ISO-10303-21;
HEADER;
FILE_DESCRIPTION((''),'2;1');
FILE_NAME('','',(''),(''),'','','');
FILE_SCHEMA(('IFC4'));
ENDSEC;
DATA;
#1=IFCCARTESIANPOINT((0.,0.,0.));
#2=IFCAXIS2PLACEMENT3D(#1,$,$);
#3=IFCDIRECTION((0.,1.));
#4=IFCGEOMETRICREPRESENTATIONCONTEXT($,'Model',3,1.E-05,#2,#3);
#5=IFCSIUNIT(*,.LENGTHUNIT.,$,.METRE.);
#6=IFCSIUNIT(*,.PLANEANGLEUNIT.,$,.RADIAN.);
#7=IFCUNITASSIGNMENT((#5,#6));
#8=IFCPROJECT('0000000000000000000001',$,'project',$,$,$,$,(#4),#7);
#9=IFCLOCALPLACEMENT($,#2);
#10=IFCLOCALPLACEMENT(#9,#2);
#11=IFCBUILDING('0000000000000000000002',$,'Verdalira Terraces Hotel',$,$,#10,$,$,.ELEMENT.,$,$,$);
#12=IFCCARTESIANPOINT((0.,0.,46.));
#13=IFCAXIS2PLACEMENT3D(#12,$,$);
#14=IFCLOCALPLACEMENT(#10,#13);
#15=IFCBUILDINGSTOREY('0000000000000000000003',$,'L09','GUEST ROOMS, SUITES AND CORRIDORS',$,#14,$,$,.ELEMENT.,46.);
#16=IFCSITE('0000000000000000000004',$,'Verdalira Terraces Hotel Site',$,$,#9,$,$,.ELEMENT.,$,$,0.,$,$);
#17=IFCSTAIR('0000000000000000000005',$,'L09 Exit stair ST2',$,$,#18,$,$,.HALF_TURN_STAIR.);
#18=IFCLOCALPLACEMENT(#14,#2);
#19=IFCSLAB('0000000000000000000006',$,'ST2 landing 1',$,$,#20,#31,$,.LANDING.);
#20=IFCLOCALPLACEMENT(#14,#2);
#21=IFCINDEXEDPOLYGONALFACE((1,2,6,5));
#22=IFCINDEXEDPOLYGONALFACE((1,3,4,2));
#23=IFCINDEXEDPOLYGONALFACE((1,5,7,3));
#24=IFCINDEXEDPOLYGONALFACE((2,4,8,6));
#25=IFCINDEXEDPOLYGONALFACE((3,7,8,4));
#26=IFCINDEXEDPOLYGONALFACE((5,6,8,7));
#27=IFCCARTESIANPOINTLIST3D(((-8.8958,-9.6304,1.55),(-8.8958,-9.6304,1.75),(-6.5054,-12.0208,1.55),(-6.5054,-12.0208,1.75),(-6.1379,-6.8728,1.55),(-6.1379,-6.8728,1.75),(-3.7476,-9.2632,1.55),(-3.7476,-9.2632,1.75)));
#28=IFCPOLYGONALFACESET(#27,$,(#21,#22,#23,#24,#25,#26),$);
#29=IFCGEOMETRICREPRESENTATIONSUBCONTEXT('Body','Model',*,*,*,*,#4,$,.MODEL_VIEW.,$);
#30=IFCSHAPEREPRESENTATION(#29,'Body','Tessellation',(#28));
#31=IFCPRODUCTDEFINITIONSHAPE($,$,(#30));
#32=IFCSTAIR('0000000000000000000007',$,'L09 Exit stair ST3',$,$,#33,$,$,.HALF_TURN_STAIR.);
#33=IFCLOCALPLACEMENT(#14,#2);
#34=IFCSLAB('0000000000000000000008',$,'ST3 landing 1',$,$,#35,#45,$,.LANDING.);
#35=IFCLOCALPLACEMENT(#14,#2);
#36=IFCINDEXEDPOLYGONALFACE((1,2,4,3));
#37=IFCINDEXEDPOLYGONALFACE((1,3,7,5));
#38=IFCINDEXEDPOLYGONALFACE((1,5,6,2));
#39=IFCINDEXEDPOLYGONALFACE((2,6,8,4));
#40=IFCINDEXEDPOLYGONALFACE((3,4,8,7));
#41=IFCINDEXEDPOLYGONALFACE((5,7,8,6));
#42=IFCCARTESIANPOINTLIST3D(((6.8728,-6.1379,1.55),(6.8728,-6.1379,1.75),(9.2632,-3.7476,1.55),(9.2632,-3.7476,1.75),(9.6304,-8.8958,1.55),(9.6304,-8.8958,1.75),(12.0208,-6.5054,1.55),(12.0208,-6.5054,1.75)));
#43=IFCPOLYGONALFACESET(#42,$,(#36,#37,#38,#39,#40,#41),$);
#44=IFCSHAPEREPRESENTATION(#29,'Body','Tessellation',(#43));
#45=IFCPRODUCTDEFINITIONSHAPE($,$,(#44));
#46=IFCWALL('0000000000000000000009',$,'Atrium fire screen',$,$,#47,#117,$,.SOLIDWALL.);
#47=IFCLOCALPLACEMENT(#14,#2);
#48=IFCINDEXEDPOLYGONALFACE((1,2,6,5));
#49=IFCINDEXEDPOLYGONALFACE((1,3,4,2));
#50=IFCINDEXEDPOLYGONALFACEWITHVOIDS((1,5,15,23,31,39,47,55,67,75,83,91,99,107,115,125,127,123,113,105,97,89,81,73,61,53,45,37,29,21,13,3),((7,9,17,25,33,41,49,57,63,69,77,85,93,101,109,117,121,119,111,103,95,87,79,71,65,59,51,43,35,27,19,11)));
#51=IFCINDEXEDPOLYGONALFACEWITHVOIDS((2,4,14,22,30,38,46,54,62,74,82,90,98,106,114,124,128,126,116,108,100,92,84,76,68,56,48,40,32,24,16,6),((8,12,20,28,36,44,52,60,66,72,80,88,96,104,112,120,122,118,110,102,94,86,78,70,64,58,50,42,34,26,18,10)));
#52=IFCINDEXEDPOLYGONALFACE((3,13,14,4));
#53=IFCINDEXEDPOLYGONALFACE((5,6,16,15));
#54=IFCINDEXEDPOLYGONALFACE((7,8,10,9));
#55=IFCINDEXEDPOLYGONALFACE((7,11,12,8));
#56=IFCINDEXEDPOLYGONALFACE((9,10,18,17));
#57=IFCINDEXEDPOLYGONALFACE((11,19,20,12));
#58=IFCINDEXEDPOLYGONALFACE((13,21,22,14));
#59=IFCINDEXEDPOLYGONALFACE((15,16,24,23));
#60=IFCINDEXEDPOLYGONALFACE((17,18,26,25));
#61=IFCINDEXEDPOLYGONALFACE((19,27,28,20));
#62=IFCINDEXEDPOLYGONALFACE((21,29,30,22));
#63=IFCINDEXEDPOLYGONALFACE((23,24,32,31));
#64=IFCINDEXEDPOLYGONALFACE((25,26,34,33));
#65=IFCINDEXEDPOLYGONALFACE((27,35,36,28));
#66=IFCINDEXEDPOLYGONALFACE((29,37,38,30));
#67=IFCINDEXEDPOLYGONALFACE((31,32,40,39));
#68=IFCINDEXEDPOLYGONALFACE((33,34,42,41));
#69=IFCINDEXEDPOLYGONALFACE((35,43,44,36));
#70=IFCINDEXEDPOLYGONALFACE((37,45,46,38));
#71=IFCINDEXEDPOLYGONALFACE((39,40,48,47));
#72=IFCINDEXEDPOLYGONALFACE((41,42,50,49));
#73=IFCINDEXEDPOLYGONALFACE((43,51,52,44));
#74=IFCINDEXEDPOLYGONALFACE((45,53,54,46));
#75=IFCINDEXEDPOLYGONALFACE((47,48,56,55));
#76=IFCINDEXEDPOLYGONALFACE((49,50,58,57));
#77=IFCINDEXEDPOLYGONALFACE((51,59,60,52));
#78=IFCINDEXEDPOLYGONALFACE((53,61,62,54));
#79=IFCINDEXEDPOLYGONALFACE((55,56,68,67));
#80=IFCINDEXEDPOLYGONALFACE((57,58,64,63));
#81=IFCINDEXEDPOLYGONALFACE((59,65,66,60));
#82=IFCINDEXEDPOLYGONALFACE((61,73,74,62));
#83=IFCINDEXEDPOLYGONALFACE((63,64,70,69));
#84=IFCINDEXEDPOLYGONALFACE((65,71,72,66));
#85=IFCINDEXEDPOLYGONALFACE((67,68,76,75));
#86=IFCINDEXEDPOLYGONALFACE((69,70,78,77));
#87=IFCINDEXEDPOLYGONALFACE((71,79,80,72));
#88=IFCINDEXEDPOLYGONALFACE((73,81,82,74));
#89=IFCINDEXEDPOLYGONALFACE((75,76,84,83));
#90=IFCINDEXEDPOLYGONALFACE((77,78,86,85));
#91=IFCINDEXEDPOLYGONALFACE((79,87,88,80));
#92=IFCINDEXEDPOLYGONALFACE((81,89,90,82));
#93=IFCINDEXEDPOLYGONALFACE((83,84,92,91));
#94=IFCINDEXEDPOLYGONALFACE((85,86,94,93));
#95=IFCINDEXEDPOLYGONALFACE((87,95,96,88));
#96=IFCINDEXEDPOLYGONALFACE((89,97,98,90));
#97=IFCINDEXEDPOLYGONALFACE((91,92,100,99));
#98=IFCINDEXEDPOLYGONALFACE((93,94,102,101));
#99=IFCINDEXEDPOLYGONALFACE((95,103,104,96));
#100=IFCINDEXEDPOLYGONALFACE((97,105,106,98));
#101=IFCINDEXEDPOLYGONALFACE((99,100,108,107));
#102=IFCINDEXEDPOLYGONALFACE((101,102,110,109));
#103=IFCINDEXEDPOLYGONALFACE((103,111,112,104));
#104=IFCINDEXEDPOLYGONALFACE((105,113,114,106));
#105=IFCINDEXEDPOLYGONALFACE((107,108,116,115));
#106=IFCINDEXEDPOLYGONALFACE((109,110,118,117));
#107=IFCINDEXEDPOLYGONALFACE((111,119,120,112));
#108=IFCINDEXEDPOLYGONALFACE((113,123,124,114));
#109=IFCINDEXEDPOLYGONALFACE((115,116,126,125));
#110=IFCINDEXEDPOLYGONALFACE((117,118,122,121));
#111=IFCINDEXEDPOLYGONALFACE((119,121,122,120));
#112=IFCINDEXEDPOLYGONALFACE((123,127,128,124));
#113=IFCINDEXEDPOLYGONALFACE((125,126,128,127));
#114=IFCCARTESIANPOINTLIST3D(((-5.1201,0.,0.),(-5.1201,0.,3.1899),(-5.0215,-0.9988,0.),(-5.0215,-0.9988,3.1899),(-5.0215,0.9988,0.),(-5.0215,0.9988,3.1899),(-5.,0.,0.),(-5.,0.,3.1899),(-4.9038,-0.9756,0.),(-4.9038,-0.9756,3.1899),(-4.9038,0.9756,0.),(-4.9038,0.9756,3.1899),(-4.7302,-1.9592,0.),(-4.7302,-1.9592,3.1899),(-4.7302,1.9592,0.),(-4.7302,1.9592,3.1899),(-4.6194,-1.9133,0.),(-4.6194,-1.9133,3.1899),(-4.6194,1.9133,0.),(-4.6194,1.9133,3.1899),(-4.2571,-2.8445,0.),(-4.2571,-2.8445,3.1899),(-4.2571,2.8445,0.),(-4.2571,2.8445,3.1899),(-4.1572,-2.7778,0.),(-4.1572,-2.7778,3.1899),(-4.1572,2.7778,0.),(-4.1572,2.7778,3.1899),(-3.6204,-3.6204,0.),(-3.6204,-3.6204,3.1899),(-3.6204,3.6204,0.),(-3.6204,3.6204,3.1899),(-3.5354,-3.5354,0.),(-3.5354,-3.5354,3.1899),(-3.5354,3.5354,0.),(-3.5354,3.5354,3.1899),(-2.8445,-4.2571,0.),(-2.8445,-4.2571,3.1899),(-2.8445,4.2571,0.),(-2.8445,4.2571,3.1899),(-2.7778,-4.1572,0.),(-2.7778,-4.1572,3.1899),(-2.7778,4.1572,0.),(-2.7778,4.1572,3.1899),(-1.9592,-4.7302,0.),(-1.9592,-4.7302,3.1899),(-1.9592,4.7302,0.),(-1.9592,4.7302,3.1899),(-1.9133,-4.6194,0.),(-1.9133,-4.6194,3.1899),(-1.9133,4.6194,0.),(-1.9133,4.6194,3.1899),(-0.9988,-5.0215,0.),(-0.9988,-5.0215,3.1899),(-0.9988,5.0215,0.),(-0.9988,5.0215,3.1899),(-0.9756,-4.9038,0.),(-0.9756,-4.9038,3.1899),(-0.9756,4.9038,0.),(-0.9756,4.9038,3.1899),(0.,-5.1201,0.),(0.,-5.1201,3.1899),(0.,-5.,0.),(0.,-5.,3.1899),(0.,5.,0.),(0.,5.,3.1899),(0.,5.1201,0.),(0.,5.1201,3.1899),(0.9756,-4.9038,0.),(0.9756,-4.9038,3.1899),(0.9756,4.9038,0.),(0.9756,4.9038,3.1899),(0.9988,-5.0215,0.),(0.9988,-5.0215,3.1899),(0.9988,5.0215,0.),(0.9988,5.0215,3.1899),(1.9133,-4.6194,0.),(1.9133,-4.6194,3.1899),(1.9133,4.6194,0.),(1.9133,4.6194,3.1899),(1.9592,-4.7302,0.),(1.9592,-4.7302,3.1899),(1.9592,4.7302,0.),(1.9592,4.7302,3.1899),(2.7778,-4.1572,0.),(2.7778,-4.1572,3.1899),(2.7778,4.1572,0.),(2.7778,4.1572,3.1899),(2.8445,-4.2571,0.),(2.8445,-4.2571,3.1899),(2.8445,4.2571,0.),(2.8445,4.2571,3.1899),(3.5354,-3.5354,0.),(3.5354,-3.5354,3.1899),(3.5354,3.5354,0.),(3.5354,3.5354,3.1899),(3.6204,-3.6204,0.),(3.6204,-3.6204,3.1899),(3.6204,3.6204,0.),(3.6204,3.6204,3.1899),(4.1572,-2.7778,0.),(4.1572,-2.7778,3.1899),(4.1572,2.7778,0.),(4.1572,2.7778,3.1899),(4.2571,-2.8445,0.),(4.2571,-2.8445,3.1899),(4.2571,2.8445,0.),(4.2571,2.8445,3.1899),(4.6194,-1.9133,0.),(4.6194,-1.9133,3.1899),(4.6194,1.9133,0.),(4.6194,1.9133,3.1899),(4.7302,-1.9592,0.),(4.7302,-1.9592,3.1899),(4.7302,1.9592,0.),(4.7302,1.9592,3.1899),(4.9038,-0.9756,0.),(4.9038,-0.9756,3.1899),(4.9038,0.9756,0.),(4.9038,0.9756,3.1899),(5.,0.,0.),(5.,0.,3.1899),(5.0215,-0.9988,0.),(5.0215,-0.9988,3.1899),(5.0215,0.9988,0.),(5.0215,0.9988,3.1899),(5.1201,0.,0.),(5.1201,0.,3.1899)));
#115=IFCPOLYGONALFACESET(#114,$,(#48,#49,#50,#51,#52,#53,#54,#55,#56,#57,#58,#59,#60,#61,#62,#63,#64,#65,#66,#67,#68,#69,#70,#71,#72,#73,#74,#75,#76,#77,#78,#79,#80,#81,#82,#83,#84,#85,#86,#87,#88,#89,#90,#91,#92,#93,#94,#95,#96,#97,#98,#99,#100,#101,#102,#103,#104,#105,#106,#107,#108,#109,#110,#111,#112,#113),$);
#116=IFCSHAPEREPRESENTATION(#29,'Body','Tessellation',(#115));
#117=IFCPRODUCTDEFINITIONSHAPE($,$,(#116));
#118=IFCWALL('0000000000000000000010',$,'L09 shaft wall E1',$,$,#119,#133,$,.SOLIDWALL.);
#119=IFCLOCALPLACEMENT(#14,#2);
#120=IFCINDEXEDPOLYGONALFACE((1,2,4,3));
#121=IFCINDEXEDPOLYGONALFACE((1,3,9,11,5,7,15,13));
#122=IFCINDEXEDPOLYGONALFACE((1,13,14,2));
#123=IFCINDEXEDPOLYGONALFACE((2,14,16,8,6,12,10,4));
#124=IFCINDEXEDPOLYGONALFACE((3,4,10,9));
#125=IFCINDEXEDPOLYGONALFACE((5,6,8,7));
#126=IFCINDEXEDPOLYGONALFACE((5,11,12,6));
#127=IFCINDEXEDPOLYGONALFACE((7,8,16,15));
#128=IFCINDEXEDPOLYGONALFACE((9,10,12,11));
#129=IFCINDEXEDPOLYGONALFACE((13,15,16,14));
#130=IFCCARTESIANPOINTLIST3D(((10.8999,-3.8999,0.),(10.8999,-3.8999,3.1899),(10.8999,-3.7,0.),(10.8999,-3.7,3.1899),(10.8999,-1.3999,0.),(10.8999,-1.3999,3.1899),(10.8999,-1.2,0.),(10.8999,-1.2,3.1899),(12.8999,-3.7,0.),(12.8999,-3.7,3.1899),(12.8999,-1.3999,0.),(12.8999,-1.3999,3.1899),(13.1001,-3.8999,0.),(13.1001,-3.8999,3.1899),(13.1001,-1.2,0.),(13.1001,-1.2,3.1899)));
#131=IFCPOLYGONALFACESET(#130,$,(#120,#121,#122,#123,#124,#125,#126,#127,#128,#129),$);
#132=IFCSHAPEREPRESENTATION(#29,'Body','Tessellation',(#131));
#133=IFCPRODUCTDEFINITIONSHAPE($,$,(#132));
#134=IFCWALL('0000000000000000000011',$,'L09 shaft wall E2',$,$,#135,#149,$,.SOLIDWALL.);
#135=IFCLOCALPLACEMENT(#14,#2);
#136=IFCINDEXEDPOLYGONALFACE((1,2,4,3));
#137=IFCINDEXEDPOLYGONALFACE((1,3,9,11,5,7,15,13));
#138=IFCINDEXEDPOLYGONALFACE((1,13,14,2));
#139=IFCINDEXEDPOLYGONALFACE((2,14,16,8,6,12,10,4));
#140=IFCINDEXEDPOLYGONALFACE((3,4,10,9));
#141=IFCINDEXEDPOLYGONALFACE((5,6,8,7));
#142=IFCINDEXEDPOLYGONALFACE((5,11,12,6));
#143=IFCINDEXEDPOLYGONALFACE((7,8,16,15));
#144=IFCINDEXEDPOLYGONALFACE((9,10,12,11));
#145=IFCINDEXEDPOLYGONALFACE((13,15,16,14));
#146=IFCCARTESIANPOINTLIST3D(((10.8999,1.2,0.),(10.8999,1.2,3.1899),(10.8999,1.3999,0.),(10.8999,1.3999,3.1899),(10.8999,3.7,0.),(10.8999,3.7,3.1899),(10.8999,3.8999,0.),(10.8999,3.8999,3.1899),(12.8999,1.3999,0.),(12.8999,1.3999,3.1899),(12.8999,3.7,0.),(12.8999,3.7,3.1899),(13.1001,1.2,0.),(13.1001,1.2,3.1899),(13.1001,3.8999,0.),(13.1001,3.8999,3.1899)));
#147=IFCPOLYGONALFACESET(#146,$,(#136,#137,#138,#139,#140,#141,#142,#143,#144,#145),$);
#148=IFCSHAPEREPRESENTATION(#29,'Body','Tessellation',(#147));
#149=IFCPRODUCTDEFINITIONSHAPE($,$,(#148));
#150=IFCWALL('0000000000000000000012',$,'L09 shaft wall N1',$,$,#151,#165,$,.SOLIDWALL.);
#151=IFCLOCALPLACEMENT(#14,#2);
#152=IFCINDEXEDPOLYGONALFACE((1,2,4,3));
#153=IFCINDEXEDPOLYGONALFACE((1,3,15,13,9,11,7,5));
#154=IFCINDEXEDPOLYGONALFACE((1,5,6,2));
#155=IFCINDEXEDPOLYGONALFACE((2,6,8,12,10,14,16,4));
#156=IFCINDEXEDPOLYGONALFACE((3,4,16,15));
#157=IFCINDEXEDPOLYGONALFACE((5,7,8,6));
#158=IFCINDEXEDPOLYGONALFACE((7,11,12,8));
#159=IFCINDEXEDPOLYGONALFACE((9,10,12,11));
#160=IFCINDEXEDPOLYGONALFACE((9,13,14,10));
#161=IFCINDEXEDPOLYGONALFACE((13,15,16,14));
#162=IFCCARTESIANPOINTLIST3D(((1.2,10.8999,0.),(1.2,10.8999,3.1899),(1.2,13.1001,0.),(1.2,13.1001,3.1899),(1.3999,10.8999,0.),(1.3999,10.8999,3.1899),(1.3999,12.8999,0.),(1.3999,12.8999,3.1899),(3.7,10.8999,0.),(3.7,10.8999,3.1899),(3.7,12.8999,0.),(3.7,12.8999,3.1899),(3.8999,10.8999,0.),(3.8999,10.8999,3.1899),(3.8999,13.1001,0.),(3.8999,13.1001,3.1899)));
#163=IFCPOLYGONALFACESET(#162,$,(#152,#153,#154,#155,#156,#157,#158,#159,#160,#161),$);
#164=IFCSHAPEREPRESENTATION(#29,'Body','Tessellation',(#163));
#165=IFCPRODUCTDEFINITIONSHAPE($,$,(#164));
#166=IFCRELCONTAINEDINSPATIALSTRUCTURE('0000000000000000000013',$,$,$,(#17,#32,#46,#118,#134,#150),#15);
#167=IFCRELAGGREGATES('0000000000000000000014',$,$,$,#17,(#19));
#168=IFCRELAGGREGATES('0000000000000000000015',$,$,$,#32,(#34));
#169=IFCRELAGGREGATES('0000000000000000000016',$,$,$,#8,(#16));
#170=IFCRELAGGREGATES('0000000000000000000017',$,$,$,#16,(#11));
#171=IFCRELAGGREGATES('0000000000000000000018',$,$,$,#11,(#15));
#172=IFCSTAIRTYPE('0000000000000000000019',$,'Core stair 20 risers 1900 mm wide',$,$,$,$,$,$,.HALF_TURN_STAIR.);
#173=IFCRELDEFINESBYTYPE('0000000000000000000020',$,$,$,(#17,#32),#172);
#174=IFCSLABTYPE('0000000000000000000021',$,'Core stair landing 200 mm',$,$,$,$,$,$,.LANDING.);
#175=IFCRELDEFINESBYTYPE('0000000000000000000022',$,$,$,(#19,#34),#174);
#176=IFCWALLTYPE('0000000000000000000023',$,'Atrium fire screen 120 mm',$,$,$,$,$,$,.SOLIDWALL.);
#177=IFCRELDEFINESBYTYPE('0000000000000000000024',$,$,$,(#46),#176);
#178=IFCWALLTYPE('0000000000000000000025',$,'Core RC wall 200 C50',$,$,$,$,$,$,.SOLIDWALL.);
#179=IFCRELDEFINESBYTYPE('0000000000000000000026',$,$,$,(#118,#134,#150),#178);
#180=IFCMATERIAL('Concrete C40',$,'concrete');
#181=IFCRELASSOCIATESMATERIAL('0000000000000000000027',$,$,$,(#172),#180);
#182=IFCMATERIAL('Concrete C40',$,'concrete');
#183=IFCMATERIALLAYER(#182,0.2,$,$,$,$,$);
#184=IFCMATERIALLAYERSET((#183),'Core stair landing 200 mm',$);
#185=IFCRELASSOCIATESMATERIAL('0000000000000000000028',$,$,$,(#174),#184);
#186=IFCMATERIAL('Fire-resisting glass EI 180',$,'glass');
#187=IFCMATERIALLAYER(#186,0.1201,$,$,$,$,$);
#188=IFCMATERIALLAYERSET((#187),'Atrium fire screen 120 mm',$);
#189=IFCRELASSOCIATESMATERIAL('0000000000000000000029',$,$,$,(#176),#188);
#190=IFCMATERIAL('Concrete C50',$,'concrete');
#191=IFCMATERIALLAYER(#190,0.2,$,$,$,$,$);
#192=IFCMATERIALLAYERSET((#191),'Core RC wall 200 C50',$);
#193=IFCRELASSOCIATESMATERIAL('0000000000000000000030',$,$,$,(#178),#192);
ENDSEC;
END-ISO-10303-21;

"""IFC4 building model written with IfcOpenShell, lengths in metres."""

from ifc_helpers import new_model, si_unit, direction, frame, origin, place, context, subcontext, project, spatial, polyline, outline, extrude, material, layer, layer_set, type_object, element, aggregate, save


model = new_model("IFC4")

# Units and contexts
model_context = context("Model", 3, precision=1e-05, world=origin(), true_north=direction((0.0, 1.0)))
body_context = subcontext(model_context, "Body", "Model", "MODEL_VIEW")
ifc_project = project(units=[si_unit("LENGTHUNIT", "METRE"), si_unit("PLANEANGLEUNIT", "RADIAN")], contexts=[model_context])

# Site, building, storey
site_placement = place(None, origin())
site = spatial("IfcSite", under=ifc_project, at=site_placement, Name="Verdalira Terraces Hotel Site", CompositionType="ELEMENT", RefElevation=0.0)
building_placement = place(site_placement, origin())
building = spatial("IfcBuilding", under=site, at=building_placement, Name="Verdalira Terraces Hotel", CompositionType="ELEMENT")
storey_placement = place(building_placement, frame((0.0, 0.0, 46.0)))
storey = spatial("IfcBuildingStorey", under=building, at=storey_placement, Name="L09", Description="GUEST ROOMS, SUITES AND CORRIDORS", CompositionType="ELEMENT", Elevation=46.0)

# Stairs, slabs
ifc_material_1 = material(Name="Concrete C40", Category="concrete")
stair_type = type_object("IfcStairType", Name="Core stair 20 risers 1900 mm wide", PredefinedType="HALF_TURN_STAIR", material=ifc_material_1)
ifc_material_2 = material(Name="Concrete C40", Category="concrete")
ifc_layer_1 = layer(ifc_material_2, 0.2)
ifc_layer_set_1 = layer_set([ifc_layer_1], Name="Core stair landing 200 mm")
slab_type_1 = type_object("IfcSlabType", Name="Core stair landing 200 mm", PredefinedType="LANDING", material=ifc_layer_set_1)
stair_1_placement = place(storey_placement, origin())
stair_1 = element("IfcStair", 1, at=stair_1_placement, inside=storey, type_object=stair_type, Name="L09 Exit stair ST2", PredefinedType="HALF_TURN_STAIR")
slab_1_placement = place(storey_placement, frame((0.0, 0.0, 1.55)))
slab_1 = element("IfcSlab", 2, at=slab_1_placement, type_object=slab_type_1, Name="ST2 landing 1", PredefinedType="LANDING", context=body_context, shape_type="SweptSolid", body=[
    extrude(outline(polyline([(-8.8958, -9.6304), (-6.5054, -12.0208), (-3.7476, -9.2632), (-6.1379, -6.8728), (-8.8958, -9.6304)])), origin(), (0.0, 0.0, 1.0), 0.2),
])
aggregate(stair_1, [slab_1])
stair_2_placement = place(storey_placement, origin())
stair_2 = element("IfcStair", 3, at=stair_2_placement, inside=storey, type_object=stair_type, Name="L09 Exit stair ST3", PredefinedType="HALF_TURN_STAIR")
slab_2_placement = place(storey_placement, frame((0.0, 0.0, 1.55)))
slab_2 = element("IfcSlab", 4, at=slab_2_placement, type_object=slab_type_1, Name="ST3 landing 1", PredefinedType="LANDING", context=body_context, shape_type="SweptSolid", body=[
    extrude(outline(polyline([(9.6304, -8.8958), (12.0208, -6.5054), (9.2632, -3.7476), (6.8728, -6.1379), (9.6304, -8.8958)])), origin(), (0.0, 0.0, 1.0), 0.2),
])
aggregate(stair_2, [slab_2])

# Walls
ifc_material_3 = material(Name="Fire-resisting glass EI 180", Category="glass")
ifc_layer_2 = layer(ifc_material_3, 0.1201)
ifc_layer_set_2 = layer_set([ifc_layer_2], Name="Atrium fire screen 120 mm")
wall_type_1 = type_object("IfcWallType", Name="Atrium fire screen 120 mm", PredefinedType="SOLIDWALL", material=ifc_layer_set_2)
wall_1_placement = place(storey_placement, origin())
element("IfcWall", 5, at=wall_1_placement, inside=storey, type_object=wall_type_1, Name="Atrium fire screen", PredefinedType="SOLIDWALL", context=body_context, shape_type="SweptSolid", body=[
    extrude(outline(polyline([(5.0215, -0.9988), (4.7302, -1.9592), (4.2571, -2.8445), (3.6204, -3.6204), (2.8445, -4.2571), (1.9592, -4.7302), (0.9988, -5.0215), (0.0, -5.1201), (-0.9988, -5.0215), (-1.9592, -4.7302), (-2.8445, -4.2571), (-3.6204, -3.6204), (-4.2571, -2.8445), (-4.7302, -1.9592), (-5.0215, -0.9988), (-5.1201, 0.0), (-5.0215, 0.9988), (-4.7302, 1.9592), (-4.2571, 2.8445), (-3.6204, 3.6204), (-2.8445, 4.2571), (-1.9592, 4.7302), (-0.9988, 5.0215), (0.0, 5.1201), (0.9988, 5.0215), (1.9592, 4.7302), (2.8445, 4.2571), (3.6204, 3.6204), (4.2571, 2.8445), (4.7302, 1.9592), (5.0215, 0.9988), (5.1201, 0.0), (5.0215, -0.9988)]), holes=[polyline([(4.9038, 0.9756), (4.6194, 1.9133), (4.1572, 2.7778), (3.5354, 3.5354), (2.7778, 4.1572), (1.9133, 4.6194), (0.9756, 4.9038), (0.0, 5.0), (-0.9756, 4.9038), (-1.9133, 4.6194), (-2.7778, 4.1572), (-3.5354, 3.5354), (-4.1572, 2.7778), (-4.6194, 1.9133), (-4.9038, 0.9756), (-5.0, 0.0), (-4.9038, -0.9756), (-4.6194, -1.9133), (-4.1572, -2.7778), (-3.5354, -3.5354), (-2.7778, -4.1572), (-1.9133, -4.6194), (-0.9756, -4.9038), (0.0, -5.0), (0.9756, -4.9038), (1.9133, -4.6194), (2.7778, -4.1572), (3.5354, -3.5354), (4.1572, -2.7778), (4.6194, -1.9133), (4.9038, -0.9756), (5.0, 0.0), (4.9038, 0.9756)])]), origin(), (0.0, 0.0, 1.0), 3.1899),
])
ifc_material_4 = material(Name="Concrete C50", Category="concrete")
ifc_layer_3 = layer(ifc_material_4, 0.2)
ifc_layer_set_3 = layer_set([ifc_layer_3], Name="Core RC wall 200 C50")
wall_type_2 = type_object("IfcWallType", Name="Core RC wall 200 C50", PredefinedType="SOLIDWALL", material=ifc_layer_set_3)
wall_2_placement = place(storey_placement, origin())
element("IfcWall", 6, at=wall_2_placement, inside=storey, type_object=wall_type_2, Name="L09 shaft wall E1", PredefinedType="SOLIDWALL", context=body_context, shape_type="SweptSolid", body=[
    extrude(outline(polyline([(13.1001, -3.8999), (10.8999, -3.8999), (10.8999, -3.7), (12.8999, -3.7), (12.8999, -1.3999), (10.8999, -1.3999), (10.8999, -1.2), (13.1001, -1.2), (13.1001, -3.8999)])), origin(), (0.0, 0.0, 1.0), 3.1899),
])
wall_3_placement = place(storey_placement, origin())
element("IfcWall", 7, at=wall_3_placement, inside=storey, type_object=wall_type_2, Name="L09 shaft wall E2", PredefinedType="SOLIDWALL", context=body_context, shape_type="SweptSolid", body=[
    extrude(outline(polyline([(13.1001, 3.8999), (13.1001, 1.2), (10.8999, 1.2), (10.8999, 1.3999), (12.8999, 1.3999), (12.8999, 3.7), (10.8999, 3.7), (10.8999, 3.8999), (13.1001, 3.8999)])), origin(), (0.0, 0.0, 1.0), 3.1899),
])
wall_4_placement = place(storey_placement, origin())
element("IfcWall", 8, at=wall_4_placement, inside=storey, type_object=wall_type_2, Name="L09 shaft wall N1", PredefinedType="SOLIDWALL", context=body_context, shape_type="SweptSolid", body=[
    extrude(outline(polyline([(3.8999, 13.1001), (3.8999, 10.8999), (3.7, 10.8999), (3.7, 12.8999), (1.3999, 12.8999), (1.3999, 10.8999), (1.2, 10.8999), (1.2, 13.1001), (3.8999, 13.1001)])), origin(), (0.0, 0.0, 1.0), 3.1899),
])

save(model, "model.ifc")
